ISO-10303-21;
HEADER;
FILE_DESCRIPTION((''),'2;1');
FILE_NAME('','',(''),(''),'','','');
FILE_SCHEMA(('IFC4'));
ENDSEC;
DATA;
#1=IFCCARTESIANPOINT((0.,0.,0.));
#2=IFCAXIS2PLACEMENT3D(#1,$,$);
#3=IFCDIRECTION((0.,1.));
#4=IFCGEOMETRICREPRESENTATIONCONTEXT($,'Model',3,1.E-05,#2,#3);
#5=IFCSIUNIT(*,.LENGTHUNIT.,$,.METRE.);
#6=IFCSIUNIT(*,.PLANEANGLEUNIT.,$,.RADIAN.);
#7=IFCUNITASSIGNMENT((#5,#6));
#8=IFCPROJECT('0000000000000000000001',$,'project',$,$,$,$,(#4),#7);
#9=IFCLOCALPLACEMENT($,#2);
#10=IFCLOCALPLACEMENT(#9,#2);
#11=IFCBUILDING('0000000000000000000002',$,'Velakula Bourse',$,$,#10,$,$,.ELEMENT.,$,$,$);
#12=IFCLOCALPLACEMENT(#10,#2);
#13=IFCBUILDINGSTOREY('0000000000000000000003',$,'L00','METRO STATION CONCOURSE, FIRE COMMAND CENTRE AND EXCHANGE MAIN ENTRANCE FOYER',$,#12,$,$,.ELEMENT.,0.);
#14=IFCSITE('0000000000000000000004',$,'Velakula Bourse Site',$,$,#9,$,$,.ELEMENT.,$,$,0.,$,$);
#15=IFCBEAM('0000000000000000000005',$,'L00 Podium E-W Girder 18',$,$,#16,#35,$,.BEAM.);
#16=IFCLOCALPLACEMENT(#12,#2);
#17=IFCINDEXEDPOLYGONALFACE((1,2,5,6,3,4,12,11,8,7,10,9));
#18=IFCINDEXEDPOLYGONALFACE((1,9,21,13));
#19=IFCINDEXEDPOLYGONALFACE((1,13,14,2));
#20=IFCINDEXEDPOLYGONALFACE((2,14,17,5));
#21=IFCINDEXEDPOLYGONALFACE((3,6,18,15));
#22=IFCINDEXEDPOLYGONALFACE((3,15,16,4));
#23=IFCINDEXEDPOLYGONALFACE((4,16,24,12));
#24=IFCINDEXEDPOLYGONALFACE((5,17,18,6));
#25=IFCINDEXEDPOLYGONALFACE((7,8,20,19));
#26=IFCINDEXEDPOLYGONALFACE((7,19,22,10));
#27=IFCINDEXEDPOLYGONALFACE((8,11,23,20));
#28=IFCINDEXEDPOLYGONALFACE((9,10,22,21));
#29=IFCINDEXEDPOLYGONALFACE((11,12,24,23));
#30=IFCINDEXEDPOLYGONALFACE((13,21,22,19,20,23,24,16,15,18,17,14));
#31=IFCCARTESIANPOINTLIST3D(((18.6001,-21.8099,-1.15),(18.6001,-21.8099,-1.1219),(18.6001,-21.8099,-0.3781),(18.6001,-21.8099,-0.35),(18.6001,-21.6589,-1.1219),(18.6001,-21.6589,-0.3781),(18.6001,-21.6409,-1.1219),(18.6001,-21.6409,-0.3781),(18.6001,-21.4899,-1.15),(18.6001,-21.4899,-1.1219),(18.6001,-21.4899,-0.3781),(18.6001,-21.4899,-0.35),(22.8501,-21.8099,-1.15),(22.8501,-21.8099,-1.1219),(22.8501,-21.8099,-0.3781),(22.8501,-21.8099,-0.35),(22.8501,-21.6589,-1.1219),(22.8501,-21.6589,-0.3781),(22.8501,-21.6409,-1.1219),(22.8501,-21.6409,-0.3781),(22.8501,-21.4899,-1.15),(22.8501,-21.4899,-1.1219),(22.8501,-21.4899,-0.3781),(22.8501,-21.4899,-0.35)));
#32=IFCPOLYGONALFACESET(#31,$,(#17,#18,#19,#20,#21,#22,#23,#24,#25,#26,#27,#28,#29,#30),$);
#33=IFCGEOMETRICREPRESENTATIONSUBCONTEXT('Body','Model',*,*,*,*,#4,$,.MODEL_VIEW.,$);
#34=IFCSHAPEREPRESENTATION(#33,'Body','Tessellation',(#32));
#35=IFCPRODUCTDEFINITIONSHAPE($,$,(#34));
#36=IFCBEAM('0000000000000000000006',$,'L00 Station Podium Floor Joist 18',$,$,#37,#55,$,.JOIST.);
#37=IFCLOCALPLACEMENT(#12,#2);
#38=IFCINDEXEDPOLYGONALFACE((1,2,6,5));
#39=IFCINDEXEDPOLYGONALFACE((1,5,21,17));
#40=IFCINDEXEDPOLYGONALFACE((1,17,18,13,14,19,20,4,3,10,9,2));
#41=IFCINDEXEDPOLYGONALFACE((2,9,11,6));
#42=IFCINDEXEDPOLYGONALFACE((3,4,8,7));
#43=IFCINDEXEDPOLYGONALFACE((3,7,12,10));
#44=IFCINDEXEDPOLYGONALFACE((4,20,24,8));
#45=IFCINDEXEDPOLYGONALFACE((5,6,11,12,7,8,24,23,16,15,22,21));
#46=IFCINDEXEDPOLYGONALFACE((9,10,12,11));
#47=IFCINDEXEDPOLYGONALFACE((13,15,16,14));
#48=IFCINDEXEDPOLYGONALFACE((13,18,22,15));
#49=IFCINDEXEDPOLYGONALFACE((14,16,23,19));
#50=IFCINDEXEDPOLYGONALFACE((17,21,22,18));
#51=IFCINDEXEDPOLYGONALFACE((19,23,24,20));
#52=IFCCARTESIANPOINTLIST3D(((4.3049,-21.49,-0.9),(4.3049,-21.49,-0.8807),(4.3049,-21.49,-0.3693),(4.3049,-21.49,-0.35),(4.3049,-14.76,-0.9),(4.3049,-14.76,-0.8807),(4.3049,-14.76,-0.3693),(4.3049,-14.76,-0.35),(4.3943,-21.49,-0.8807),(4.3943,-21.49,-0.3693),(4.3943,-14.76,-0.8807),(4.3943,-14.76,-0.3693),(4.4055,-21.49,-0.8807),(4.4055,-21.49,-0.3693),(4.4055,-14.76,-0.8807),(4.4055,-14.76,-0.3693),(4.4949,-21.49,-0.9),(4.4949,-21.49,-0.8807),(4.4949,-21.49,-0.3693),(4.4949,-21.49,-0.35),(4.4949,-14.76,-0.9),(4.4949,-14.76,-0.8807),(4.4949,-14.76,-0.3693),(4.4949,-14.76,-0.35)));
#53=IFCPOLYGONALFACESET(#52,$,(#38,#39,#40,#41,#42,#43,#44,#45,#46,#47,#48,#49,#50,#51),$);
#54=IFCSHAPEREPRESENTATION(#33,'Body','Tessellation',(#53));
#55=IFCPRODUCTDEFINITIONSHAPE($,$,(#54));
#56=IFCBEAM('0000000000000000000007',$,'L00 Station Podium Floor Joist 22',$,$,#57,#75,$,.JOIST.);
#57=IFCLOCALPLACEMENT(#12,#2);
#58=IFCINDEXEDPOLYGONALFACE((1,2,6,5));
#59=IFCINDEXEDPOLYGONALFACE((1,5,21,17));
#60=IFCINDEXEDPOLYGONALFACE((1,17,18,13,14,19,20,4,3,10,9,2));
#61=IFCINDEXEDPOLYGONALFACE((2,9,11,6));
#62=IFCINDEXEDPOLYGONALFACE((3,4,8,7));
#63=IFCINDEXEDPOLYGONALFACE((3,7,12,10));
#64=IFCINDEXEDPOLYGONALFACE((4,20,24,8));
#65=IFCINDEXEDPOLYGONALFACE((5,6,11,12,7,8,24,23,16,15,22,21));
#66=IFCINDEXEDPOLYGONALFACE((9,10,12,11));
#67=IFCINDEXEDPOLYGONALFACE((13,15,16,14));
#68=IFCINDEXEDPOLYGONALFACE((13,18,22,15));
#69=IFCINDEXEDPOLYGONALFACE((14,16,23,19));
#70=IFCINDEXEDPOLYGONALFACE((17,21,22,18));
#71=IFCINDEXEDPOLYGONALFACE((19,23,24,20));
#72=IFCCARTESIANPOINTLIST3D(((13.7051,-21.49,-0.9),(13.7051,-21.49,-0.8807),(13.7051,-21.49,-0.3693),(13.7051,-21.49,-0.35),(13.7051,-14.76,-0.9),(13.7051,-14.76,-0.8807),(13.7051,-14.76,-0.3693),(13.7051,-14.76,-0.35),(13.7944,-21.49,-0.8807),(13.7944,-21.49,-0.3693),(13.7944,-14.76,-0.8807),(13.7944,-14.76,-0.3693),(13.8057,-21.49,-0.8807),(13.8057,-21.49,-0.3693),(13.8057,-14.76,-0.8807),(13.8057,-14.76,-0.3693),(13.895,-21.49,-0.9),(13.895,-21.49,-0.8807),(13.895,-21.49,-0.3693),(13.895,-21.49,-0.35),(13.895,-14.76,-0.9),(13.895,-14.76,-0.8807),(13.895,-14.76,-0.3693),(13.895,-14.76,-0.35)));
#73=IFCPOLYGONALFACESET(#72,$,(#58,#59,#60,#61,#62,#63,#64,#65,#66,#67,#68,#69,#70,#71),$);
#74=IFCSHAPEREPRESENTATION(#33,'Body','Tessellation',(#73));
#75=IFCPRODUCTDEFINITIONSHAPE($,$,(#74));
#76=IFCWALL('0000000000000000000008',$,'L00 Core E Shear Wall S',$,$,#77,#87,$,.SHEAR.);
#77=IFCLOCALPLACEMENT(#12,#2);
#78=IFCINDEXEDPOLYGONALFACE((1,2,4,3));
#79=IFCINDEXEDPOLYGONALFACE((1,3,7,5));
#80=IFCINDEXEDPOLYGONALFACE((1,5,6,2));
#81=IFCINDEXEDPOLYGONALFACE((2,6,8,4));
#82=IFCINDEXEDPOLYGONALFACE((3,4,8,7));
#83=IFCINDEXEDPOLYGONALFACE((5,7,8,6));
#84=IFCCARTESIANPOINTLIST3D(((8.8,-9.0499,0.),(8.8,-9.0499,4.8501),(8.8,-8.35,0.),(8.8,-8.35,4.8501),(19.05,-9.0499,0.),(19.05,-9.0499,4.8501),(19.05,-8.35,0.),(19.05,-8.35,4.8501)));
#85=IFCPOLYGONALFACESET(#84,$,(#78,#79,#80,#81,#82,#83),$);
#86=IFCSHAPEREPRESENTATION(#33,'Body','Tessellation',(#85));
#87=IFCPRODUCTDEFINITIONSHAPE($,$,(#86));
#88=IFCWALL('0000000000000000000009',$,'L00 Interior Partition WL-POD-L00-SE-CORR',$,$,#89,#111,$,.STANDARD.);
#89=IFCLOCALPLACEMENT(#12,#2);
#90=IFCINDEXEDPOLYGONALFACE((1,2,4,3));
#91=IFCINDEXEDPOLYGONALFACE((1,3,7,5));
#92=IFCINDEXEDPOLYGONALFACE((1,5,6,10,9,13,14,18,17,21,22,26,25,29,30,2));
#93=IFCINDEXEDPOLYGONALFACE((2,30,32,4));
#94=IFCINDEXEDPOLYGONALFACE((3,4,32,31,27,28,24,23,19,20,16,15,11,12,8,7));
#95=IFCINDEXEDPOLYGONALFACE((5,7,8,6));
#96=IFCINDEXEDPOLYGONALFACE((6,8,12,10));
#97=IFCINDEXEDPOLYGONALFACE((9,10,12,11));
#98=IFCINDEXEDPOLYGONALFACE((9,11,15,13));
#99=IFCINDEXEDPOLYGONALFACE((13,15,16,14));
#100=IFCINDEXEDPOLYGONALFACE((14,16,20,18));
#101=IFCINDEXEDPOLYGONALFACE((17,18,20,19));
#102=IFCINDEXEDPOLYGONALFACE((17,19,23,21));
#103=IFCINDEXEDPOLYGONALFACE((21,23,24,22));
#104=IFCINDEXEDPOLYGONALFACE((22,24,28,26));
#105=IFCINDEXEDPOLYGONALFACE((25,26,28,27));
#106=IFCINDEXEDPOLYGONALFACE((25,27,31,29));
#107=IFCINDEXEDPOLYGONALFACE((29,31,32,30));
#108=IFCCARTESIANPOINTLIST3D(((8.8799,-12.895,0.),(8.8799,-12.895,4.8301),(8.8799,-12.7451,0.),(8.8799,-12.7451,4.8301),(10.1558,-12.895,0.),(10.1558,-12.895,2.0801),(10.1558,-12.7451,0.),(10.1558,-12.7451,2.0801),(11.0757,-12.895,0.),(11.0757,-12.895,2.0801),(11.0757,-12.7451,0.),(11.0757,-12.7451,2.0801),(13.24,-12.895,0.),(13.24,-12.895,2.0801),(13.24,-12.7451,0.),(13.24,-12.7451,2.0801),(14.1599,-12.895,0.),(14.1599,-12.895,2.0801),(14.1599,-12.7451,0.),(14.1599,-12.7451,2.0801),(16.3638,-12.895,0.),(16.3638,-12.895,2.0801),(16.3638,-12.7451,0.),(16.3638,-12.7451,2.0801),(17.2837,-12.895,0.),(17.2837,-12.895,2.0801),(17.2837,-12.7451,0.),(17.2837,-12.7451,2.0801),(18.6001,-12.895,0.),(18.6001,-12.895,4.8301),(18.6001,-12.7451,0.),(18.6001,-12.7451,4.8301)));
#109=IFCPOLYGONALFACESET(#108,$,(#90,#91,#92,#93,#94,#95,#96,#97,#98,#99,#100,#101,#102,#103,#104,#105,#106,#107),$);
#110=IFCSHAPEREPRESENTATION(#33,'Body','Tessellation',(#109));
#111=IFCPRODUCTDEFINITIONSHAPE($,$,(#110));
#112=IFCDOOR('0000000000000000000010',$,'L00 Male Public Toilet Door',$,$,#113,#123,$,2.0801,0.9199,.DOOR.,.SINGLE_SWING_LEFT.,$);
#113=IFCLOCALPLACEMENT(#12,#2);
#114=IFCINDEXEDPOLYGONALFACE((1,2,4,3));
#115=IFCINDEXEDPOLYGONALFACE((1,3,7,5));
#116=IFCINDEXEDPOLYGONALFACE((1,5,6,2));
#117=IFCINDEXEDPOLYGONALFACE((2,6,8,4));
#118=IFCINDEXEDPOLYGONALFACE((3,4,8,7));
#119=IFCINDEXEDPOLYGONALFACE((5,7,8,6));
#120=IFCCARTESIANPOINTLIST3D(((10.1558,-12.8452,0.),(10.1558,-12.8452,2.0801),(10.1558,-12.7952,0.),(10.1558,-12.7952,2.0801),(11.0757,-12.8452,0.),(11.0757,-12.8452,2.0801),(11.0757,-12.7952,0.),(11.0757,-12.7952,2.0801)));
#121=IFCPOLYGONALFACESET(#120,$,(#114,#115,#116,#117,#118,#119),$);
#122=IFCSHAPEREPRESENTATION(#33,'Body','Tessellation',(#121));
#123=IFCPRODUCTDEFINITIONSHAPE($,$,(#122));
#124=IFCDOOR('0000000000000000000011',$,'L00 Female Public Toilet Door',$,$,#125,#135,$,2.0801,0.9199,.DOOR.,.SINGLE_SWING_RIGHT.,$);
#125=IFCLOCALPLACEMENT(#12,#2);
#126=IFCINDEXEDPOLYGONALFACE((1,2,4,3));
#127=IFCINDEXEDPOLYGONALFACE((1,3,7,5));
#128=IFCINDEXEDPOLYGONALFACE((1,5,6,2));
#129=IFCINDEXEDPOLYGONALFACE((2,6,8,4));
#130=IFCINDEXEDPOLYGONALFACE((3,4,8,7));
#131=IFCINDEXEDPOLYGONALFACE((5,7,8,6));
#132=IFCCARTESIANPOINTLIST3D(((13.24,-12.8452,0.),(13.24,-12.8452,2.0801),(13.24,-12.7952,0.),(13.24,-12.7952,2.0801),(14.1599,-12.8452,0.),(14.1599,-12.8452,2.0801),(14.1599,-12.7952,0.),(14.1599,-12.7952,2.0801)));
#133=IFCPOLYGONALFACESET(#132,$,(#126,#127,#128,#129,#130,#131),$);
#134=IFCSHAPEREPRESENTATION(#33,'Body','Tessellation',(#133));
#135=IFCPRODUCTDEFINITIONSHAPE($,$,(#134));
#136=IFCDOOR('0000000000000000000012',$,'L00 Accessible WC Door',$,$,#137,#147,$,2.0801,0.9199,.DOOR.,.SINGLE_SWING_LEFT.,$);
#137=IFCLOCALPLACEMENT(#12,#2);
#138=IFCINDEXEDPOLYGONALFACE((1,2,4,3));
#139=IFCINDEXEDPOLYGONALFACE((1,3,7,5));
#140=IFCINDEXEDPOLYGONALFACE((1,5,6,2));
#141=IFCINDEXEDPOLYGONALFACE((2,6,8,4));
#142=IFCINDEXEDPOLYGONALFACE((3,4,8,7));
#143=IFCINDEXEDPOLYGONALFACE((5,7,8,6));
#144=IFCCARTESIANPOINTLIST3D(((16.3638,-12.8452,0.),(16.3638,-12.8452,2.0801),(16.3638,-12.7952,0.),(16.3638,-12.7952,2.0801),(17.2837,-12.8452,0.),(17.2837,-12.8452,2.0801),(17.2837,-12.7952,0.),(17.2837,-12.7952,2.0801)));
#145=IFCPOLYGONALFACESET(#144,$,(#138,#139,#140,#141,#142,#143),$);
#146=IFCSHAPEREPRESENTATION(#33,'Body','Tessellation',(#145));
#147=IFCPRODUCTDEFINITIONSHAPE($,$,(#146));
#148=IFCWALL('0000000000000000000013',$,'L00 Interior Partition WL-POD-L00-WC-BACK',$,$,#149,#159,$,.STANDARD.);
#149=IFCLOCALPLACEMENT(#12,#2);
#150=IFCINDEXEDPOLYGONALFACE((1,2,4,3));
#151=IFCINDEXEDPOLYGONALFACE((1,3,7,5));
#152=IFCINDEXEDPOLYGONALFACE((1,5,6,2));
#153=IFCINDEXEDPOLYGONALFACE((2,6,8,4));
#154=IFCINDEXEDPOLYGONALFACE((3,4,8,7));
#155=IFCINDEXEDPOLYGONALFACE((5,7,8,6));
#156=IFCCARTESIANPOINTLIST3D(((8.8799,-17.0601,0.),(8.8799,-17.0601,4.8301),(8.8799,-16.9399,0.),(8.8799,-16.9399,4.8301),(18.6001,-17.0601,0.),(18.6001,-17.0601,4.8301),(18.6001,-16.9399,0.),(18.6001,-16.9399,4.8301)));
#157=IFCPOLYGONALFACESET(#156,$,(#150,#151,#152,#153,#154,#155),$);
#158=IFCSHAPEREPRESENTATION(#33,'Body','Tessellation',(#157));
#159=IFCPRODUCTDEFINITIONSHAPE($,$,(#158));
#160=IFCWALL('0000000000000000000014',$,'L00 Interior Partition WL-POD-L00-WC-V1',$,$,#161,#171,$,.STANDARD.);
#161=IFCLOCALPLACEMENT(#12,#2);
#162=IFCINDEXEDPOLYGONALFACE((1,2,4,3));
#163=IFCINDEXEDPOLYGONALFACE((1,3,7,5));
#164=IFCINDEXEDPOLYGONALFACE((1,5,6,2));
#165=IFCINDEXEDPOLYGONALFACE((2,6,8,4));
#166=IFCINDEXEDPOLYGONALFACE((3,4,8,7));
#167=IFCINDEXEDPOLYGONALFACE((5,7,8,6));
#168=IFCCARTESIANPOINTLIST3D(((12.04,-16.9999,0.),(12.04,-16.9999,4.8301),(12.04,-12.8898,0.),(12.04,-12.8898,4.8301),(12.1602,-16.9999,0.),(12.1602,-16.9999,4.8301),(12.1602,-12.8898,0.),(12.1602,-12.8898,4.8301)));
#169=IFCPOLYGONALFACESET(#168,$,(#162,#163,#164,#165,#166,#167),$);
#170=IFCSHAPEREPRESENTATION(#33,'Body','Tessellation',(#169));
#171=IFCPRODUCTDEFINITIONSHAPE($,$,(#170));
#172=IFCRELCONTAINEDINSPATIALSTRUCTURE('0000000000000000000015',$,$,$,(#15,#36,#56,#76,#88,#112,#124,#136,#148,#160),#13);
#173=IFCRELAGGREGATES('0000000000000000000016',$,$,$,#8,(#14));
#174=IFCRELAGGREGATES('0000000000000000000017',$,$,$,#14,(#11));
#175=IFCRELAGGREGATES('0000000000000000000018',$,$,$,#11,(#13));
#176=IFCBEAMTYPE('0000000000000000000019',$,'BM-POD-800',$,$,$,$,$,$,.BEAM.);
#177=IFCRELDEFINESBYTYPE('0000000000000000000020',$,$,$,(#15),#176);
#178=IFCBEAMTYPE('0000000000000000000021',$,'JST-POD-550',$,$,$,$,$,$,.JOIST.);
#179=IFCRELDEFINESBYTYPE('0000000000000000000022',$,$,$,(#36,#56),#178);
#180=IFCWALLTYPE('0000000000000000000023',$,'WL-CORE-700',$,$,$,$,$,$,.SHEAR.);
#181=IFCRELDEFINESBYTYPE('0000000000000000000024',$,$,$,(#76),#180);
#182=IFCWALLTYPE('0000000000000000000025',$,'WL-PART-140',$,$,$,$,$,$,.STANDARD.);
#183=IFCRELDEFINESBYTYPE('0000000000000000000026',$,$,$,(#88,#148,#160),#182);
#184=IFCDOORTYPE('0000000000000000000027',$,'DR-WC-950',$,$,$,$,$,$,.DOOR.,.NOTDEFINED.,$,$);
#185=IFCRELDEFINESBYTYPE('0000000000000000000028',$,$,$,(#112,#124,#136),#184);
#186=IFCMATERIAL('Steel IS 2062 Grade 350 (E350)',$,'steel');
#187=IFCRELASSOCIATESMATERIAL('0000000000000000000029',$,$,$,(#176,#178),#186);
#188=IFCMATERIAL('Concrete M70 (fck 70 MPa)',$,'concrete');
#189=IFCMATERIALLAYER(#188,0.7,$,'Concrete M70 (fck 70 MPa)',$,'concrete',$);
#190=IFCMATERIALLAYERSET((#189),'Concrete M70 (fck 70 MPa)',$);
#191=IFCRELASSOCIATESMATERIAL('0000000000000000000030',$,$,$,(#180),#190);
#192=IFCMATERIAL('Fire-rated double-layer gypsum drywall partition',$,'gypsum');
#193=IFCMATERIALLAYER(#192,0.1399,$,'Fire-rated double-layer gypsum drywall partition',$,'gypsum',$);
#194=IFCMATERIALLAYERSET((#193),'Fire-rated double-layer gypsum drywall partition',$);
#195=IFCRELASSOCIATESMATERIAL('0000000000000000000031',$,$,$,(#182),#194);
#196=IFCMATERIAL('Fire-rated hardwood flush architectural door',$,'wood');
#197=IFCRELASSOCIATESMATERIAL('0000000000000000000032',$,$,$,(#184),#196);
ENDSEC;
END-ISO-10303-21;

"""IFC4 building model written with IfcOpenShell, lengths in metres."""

from ifc_helpers import new_model, si_unit, direction, frame, frame_2d, origin, origin_2d, place, context, subcontext, project, spatial, rectangle, i_section, extrude, material, layer, layer_set, material_profile, profile_set, type_object, element, fill, save


model = new_model("IFC4")

# Units and contexts
model_context = context("Model", 3, precision=1e-05, world=origin(), true_north=direction((0.0, 1.0)))
body_context = subcontext(model_context, "Body", "Model", "MODEL_VIEW")
ifc_project = project(units=[si_unit("LENGTHUNIT", "METRE"), si_unit("PLANEANGLEUNIT", "RADIAN")], contexts=[model_context])

# Site, building, storey
site_placement = place(None, origin())
site = spatial("IfcSite", under=ifc_project, at=site_placement, Name="Velakula Bourse Site", CompositionType="ELEMENT", RefElevation=0.0)
building_placement = place(site_placement, origin())
building = spatial("IfcBuilding", under=site, at=building_placement, Name="Velakula Bourse", CompositionType="ELEMENT")
storey_placement = place(building_placement, origin())
storey = spatial("IfcBuildingStorey", under=building, at=storey_placement, Name="L00", Description="METRO STATION CONCOURSE, FIRE COMMAND CENTRE AND EXCHANGE MAIN ENTRANCE FOYER", CompositionType="ELEMENT", Elevation=0.0)

# Beams
ifc_material_1 = material(Name="Steel IS 2062 Grade 350 (E350)", Category="steel")
ifc_material_profile_1 = material_profile(ifc_material_1, i_section(OverallWidth=0.3201, OverallDepth=0.8, WebThickness=0.0181, FlangeThickness=0.0281, at=origin_2d()), Name="Steel IS 2062 Grade 350 (E350)")
ifc_profile_set_1 = profile_set([ifc_material_profile_1], Name="Steel IS 2062 Grade 350 (E350)")
beam_type_1 = type_object("IfcBeamType", Name="BM-POD-800", PredefinedType="BEAM", material=ifc_profile_set_1)
beam_1_placement = place(storey_placement, frame((18.6001, -21.6499, -0.75), z_axis=(1.0, 0.0, 0.0), x_axis=(0.0, 1.0, 0.0)))
element("IfcBeam", 1, at=beam_1_placement, inside=storey, type_object=beam_type_1, Name="L00 Podium E-W Girder 18", PredefinedType="BEAM", context=body_context, shape_type="SweptSolid", body=[
    extrude(i_section(OverallWidth=0.3201, OverallDepth=0.8, WebThickness=0.0181, FlangeThickness=0.0281, at=origin_2d()), origin(), (0.0, 0.0, 1.0), 4.25),
])
ifc_material_profile_2 = material_profile(ifc_material_1, i_section(OverallWidth=0.1899, OverallDepth=0.55, WebThickness=0.0112, FlangeThickness=0.0193, at=origin_2d()), Name="Steel IS 2062 Grade 350 (E350)")
ifc_profile_set_2 = profile_set([ifc_material_profile_2], Name="Steel IS 2062 Grade 350 (E350)")
beam_type_2 = type_object("IfcBeamType", Name="JST-POD-550", PredefinedType="JOIST", material=ifc_profile_set_2)
for number, where, z_axis, x_axis, name in (
    (2, (4.3999, -21.49, -0.625), (0.0, 1.0, 0.0), (-1.0, 0.0, 0.0), "L00 Station Podium Floor Joist 18"),
    (3, (13.8, -21.49, -0.625), (0.0, 1.0, 0.0), (-1.0, 0.0, 0.0), "L00 Station Podium Floor Joist 22"),
):
    element("IfcBeam", number, at=place(storey_placement, frame(where, z_axis=z_axis, x_axis=x_axis)), inside=storey, type_object=beam_type_2, Name=name, PredefinedType="JOIST", context=body_context, shape_type="SweptSolid", body=[
        extrude(i_section(OverallWidth=0.1899, OverallDepth=0.55, WebThickness=0.0112, FlangeThickness=0.0193, at=origin_2d()), origin(), (0.0, 0.0, 1.0), 6.73),
    ])

# Wall
ifc_material_2 = material(Name="Concrete M70 (fck 70 MPa)", Category="concrete")
ifc_layer_1 = layer(ifc_material_2, 0.7, Name="Concrete M70 (fck 70 MPa)", Category="concrete")
ifc_layer_set_1 = layer_set([ifc_layer_1], Name="Concrete M70 (fck 70 MPa)")
wall_type_1 = type_object("IfcWallType", Name="WL-CORE-700", PredefinedType="SHEAR", material=ifc_layer_set_1)
wall_1_placement = place(storey_placement, frame((8.8, -8.7, 0.0), z_axis=(0.0, 0.0, 1.0), x_axis=(1.0, 0.0, 0.0)))
element("IfcWall", 4, at=wall_1_placement, inside=storey, type_object=wall_type_1, Name="L00 Core E Shear Wall S", PredefinedType="SHEAR", context=body_context, shape_type="SweptSolid", body=[
    extrude(rectangle(XDim=10.25, YDim=0.7, at=frame_2d((5.125, 0.0))), origin(), (0.0, 0.0, 1.0), 4.8501),
])

# Wall, openings, doors
ifc_material_3 = material(Name="Fire-rated double-layer gypsum drywall partition", Category="gypsum")
ifc_layer_2 = layer(ifc_material_3, 0.1399, Name="Fire-rated double-layer gypsum drywall partition", Category="gypsum")
ifc_layer_set_2 = layer_set([ifc_layer_2], Name="Fire-rated double-layer gypsum drywall partition")
wall_type_2 = type_object("IfcWallType", Name="WL-PART-140", PredefinedType="STANDARD", material=ifc_layer_set_2)
wall_2_placement = place(storey_placement, frame((8.8799, -12.8201, 0.0), z_axis=(0.0, 0.0, 1.0), x_axis=(1.0, 0.0, 0.0)))
wall_2 = element("IfcWall", 5, at=wall_2_placement, inside=storey, type_object=wall_type_2, Name="L00 Interior Partition WL-POD-L00-SE-CORR", PredefinedType="STANDARD", context=body_context, shape_type="SweptSolid", body=[
    extrude(rectangle(XDim=9.7202, YDim=0.1499, at=frame_2d((4.8601, 0.0))), origin(), (0.0, 0.0, 1.0), 4.8301),
])
opening_1_placement = place(wall_2_placement, frame((1.2759, 0.0, 0.0)))
opening_1 = element("IfcOpeningElement", 6, at=opening_1_placement, cuts=wall_2, PredefinedType="OPENING", context=body_context, shape_type="SweptSolid", body=[
    extrude(rectangle(XDim=0.9199, YDim=2.0801, at=frame_2d((0.46, 1.04))), frame((0.0, 0.085, 0.0), z_axis=(0.0, -1.0, 0.0), x_axis=(1.0, 0.0, 0.0)), (0.0, 0.0, 1.0), 0.1699),
])
opening_2_placement = place(wall_2_placement, frame((4.3601, 0.0, 0.0)))
opening_2 = element("IfcOpeningElement", 7, at=opening_2_placement, cuts=wall_2, PredefinedType="OPENING", context=body_context, shape_type="SweptSolid", body=[
    extrude(rectangle(XDim=0.9199, YDim=2.0801, at=frame_2d((0.46, 1.04))), frame((0.0, 0.085, 0.0), z_axis=(0.0, -1.0, 0.0), x_axis=(1.0, 0.0, 0.0)), (0.0, 0.0, 1.0), 0.1699),
])
opening_3_placement = place(wall_2_placement, frame((7.4839, 0.0, 0.0)))
opening_3 = element("IfcOpeningElement", 8, at=opening_3_placement, cuts=wall_2, PredefinedType="OPENING", context=body_context, shape_type="SweptSolid", body=[
    extrude(rectangle(XDim=0.9199, YDim=2.0801, at=frame_2d((0.46, 1.04))), frame((0.0, 0.085, 0.0), z_axis=(0.0, -1.0, 0.0), x_axis=(1.0, 0.0, 0.0)), (0.0, 0.0, 1.0), 0.1699),
])
ifc_material_4 = material(Name="Fire-rated hardwood flush architectural door", Category="wood")
door_type = type_object("IfcDoorType", Name="DR-WC-950", OperationType="NOTDEFINED", PredefinedType="DOOR", material=ifc_material_4)
door_1_placement = place(opening_1_placement, origin())
door_1 = element("IfcDoor", 9, at=door_1_placement, inside=storey, type_object=door_type, Name="L00 Male Public Toilet Door", OperationType="SINGLE_SWING_LEFT", OverallHeight=2.0801, OverallWidth=0.9199, PredefinedType="DOOR", context=body_context, shape_type="SweptSolid", body=[
    extrude(rectangle(XDim=0.9199, YDim=2.0801, at=frame_2d((0.46, 1.04))), frame((0.0, 0.0249, 0.0), z_axis=(0.0, -1.0, 0.0), x_axis=(1.0, 0.0, 0.0)), (0.0, 0.0, 1.0), 0.05),
])
fill(opening_1, door_1)
door_2_placement = place(opening_2_placement, origin())
door_2 = element("IfcDoor", 10, at=door_2_placement, inside=storey, type_object=door_type, Name="L00 Female Public Toilet Door", OperationType="SINGLE_SWING_RIGHT", OverallHeight=2.0801, OverallWidth=0.9199, PredefinedType="DOOR", context=body_context, shape_type="SweptSolid", body=[
    extrude(rectangle(XDim=0.9199, YDim=2.0801, at=frame_2d((0.46, 1.04))), frame((0.0, 0.0249, 0.0), z_axis=(0.0, -1.0, 0.0), x_axis=(1.0, 0.0, 0.0)), (0.0, 0.0, 1.0), 0.05),
])
fill(opening_2, door_2)
door_3_placement = place(opening_3_placement, origin())
door_3 = element("IfcDoor", 11, at=door_3_placement, inside=storey, type_object=door_type, Name="L00 Accessible WC Door", OperationType="SINGLE_SWING_LEFT", OverallHeight=2.0801, OverallWidth=0.9199, PredefinedType="DOOR", context=body_context, shape_type="SweptSolid", body=[
    extrude(rectangle(XDim=0.9199, YDim=2.0801, at=frame_2d((0.46, 1.04))), frame((0.0, 0.0249, 0.0), z_axis=(0.0, -1.0, 0.0), x_axis=(1.0, 0.0, 0.0)), (0.0, 0.0, 1.0), 0.05),
])
fill(opening_3, door_3)

# Walls
wall_3_placement = place(storey_placement, frame((8.8799, -17.0, 0.0), z_axis=(0.0, 0.0, 1.0), x_axis=(1.0, 0.0, 0.0)))
element("IfcWall", 12, at=wall_3_placement, inside=storey, type_object=wall_type_2, Name="L00 Interior Partition WL-POD-L00-WC-BACK", PredefinedType="STANDARD", context=body_context, shape_type="SweptSolid", body=[
    extrude(rectangle(XDim=9.7202, YDim=0.1201, at=frame_2d((4.8601, 0.0))), origin(), (0.0, 0.0, 1.0), 4.8301),
])
for number, where, z_axis, x_axis, name in (
    (13, (12.1001, -17.0, 0.0), (0.0, 0.0, 1.0), (0.0, 1.0, 0.0), "L00 Interior Partition WL-POD-L00-WC-V1"),
):
    element("IfcWall", number, at=place(storey_placement, frame(where, z_axis=z_axis, x_axis=x_axis)), inside=storey, type_object=wall_type_2, Name=name, PredefinedType="STANDARD", context=body_context, shape_type="SweptSolid", body=[
        extrude(rectangle(XDim=4.1101, YDim=0.1201, at=frame_2d((2.0552, 0.0))), origin(), (0.0, 0.0, 1.0), 4.8301),
    ])

save(model, "model.ifc")
